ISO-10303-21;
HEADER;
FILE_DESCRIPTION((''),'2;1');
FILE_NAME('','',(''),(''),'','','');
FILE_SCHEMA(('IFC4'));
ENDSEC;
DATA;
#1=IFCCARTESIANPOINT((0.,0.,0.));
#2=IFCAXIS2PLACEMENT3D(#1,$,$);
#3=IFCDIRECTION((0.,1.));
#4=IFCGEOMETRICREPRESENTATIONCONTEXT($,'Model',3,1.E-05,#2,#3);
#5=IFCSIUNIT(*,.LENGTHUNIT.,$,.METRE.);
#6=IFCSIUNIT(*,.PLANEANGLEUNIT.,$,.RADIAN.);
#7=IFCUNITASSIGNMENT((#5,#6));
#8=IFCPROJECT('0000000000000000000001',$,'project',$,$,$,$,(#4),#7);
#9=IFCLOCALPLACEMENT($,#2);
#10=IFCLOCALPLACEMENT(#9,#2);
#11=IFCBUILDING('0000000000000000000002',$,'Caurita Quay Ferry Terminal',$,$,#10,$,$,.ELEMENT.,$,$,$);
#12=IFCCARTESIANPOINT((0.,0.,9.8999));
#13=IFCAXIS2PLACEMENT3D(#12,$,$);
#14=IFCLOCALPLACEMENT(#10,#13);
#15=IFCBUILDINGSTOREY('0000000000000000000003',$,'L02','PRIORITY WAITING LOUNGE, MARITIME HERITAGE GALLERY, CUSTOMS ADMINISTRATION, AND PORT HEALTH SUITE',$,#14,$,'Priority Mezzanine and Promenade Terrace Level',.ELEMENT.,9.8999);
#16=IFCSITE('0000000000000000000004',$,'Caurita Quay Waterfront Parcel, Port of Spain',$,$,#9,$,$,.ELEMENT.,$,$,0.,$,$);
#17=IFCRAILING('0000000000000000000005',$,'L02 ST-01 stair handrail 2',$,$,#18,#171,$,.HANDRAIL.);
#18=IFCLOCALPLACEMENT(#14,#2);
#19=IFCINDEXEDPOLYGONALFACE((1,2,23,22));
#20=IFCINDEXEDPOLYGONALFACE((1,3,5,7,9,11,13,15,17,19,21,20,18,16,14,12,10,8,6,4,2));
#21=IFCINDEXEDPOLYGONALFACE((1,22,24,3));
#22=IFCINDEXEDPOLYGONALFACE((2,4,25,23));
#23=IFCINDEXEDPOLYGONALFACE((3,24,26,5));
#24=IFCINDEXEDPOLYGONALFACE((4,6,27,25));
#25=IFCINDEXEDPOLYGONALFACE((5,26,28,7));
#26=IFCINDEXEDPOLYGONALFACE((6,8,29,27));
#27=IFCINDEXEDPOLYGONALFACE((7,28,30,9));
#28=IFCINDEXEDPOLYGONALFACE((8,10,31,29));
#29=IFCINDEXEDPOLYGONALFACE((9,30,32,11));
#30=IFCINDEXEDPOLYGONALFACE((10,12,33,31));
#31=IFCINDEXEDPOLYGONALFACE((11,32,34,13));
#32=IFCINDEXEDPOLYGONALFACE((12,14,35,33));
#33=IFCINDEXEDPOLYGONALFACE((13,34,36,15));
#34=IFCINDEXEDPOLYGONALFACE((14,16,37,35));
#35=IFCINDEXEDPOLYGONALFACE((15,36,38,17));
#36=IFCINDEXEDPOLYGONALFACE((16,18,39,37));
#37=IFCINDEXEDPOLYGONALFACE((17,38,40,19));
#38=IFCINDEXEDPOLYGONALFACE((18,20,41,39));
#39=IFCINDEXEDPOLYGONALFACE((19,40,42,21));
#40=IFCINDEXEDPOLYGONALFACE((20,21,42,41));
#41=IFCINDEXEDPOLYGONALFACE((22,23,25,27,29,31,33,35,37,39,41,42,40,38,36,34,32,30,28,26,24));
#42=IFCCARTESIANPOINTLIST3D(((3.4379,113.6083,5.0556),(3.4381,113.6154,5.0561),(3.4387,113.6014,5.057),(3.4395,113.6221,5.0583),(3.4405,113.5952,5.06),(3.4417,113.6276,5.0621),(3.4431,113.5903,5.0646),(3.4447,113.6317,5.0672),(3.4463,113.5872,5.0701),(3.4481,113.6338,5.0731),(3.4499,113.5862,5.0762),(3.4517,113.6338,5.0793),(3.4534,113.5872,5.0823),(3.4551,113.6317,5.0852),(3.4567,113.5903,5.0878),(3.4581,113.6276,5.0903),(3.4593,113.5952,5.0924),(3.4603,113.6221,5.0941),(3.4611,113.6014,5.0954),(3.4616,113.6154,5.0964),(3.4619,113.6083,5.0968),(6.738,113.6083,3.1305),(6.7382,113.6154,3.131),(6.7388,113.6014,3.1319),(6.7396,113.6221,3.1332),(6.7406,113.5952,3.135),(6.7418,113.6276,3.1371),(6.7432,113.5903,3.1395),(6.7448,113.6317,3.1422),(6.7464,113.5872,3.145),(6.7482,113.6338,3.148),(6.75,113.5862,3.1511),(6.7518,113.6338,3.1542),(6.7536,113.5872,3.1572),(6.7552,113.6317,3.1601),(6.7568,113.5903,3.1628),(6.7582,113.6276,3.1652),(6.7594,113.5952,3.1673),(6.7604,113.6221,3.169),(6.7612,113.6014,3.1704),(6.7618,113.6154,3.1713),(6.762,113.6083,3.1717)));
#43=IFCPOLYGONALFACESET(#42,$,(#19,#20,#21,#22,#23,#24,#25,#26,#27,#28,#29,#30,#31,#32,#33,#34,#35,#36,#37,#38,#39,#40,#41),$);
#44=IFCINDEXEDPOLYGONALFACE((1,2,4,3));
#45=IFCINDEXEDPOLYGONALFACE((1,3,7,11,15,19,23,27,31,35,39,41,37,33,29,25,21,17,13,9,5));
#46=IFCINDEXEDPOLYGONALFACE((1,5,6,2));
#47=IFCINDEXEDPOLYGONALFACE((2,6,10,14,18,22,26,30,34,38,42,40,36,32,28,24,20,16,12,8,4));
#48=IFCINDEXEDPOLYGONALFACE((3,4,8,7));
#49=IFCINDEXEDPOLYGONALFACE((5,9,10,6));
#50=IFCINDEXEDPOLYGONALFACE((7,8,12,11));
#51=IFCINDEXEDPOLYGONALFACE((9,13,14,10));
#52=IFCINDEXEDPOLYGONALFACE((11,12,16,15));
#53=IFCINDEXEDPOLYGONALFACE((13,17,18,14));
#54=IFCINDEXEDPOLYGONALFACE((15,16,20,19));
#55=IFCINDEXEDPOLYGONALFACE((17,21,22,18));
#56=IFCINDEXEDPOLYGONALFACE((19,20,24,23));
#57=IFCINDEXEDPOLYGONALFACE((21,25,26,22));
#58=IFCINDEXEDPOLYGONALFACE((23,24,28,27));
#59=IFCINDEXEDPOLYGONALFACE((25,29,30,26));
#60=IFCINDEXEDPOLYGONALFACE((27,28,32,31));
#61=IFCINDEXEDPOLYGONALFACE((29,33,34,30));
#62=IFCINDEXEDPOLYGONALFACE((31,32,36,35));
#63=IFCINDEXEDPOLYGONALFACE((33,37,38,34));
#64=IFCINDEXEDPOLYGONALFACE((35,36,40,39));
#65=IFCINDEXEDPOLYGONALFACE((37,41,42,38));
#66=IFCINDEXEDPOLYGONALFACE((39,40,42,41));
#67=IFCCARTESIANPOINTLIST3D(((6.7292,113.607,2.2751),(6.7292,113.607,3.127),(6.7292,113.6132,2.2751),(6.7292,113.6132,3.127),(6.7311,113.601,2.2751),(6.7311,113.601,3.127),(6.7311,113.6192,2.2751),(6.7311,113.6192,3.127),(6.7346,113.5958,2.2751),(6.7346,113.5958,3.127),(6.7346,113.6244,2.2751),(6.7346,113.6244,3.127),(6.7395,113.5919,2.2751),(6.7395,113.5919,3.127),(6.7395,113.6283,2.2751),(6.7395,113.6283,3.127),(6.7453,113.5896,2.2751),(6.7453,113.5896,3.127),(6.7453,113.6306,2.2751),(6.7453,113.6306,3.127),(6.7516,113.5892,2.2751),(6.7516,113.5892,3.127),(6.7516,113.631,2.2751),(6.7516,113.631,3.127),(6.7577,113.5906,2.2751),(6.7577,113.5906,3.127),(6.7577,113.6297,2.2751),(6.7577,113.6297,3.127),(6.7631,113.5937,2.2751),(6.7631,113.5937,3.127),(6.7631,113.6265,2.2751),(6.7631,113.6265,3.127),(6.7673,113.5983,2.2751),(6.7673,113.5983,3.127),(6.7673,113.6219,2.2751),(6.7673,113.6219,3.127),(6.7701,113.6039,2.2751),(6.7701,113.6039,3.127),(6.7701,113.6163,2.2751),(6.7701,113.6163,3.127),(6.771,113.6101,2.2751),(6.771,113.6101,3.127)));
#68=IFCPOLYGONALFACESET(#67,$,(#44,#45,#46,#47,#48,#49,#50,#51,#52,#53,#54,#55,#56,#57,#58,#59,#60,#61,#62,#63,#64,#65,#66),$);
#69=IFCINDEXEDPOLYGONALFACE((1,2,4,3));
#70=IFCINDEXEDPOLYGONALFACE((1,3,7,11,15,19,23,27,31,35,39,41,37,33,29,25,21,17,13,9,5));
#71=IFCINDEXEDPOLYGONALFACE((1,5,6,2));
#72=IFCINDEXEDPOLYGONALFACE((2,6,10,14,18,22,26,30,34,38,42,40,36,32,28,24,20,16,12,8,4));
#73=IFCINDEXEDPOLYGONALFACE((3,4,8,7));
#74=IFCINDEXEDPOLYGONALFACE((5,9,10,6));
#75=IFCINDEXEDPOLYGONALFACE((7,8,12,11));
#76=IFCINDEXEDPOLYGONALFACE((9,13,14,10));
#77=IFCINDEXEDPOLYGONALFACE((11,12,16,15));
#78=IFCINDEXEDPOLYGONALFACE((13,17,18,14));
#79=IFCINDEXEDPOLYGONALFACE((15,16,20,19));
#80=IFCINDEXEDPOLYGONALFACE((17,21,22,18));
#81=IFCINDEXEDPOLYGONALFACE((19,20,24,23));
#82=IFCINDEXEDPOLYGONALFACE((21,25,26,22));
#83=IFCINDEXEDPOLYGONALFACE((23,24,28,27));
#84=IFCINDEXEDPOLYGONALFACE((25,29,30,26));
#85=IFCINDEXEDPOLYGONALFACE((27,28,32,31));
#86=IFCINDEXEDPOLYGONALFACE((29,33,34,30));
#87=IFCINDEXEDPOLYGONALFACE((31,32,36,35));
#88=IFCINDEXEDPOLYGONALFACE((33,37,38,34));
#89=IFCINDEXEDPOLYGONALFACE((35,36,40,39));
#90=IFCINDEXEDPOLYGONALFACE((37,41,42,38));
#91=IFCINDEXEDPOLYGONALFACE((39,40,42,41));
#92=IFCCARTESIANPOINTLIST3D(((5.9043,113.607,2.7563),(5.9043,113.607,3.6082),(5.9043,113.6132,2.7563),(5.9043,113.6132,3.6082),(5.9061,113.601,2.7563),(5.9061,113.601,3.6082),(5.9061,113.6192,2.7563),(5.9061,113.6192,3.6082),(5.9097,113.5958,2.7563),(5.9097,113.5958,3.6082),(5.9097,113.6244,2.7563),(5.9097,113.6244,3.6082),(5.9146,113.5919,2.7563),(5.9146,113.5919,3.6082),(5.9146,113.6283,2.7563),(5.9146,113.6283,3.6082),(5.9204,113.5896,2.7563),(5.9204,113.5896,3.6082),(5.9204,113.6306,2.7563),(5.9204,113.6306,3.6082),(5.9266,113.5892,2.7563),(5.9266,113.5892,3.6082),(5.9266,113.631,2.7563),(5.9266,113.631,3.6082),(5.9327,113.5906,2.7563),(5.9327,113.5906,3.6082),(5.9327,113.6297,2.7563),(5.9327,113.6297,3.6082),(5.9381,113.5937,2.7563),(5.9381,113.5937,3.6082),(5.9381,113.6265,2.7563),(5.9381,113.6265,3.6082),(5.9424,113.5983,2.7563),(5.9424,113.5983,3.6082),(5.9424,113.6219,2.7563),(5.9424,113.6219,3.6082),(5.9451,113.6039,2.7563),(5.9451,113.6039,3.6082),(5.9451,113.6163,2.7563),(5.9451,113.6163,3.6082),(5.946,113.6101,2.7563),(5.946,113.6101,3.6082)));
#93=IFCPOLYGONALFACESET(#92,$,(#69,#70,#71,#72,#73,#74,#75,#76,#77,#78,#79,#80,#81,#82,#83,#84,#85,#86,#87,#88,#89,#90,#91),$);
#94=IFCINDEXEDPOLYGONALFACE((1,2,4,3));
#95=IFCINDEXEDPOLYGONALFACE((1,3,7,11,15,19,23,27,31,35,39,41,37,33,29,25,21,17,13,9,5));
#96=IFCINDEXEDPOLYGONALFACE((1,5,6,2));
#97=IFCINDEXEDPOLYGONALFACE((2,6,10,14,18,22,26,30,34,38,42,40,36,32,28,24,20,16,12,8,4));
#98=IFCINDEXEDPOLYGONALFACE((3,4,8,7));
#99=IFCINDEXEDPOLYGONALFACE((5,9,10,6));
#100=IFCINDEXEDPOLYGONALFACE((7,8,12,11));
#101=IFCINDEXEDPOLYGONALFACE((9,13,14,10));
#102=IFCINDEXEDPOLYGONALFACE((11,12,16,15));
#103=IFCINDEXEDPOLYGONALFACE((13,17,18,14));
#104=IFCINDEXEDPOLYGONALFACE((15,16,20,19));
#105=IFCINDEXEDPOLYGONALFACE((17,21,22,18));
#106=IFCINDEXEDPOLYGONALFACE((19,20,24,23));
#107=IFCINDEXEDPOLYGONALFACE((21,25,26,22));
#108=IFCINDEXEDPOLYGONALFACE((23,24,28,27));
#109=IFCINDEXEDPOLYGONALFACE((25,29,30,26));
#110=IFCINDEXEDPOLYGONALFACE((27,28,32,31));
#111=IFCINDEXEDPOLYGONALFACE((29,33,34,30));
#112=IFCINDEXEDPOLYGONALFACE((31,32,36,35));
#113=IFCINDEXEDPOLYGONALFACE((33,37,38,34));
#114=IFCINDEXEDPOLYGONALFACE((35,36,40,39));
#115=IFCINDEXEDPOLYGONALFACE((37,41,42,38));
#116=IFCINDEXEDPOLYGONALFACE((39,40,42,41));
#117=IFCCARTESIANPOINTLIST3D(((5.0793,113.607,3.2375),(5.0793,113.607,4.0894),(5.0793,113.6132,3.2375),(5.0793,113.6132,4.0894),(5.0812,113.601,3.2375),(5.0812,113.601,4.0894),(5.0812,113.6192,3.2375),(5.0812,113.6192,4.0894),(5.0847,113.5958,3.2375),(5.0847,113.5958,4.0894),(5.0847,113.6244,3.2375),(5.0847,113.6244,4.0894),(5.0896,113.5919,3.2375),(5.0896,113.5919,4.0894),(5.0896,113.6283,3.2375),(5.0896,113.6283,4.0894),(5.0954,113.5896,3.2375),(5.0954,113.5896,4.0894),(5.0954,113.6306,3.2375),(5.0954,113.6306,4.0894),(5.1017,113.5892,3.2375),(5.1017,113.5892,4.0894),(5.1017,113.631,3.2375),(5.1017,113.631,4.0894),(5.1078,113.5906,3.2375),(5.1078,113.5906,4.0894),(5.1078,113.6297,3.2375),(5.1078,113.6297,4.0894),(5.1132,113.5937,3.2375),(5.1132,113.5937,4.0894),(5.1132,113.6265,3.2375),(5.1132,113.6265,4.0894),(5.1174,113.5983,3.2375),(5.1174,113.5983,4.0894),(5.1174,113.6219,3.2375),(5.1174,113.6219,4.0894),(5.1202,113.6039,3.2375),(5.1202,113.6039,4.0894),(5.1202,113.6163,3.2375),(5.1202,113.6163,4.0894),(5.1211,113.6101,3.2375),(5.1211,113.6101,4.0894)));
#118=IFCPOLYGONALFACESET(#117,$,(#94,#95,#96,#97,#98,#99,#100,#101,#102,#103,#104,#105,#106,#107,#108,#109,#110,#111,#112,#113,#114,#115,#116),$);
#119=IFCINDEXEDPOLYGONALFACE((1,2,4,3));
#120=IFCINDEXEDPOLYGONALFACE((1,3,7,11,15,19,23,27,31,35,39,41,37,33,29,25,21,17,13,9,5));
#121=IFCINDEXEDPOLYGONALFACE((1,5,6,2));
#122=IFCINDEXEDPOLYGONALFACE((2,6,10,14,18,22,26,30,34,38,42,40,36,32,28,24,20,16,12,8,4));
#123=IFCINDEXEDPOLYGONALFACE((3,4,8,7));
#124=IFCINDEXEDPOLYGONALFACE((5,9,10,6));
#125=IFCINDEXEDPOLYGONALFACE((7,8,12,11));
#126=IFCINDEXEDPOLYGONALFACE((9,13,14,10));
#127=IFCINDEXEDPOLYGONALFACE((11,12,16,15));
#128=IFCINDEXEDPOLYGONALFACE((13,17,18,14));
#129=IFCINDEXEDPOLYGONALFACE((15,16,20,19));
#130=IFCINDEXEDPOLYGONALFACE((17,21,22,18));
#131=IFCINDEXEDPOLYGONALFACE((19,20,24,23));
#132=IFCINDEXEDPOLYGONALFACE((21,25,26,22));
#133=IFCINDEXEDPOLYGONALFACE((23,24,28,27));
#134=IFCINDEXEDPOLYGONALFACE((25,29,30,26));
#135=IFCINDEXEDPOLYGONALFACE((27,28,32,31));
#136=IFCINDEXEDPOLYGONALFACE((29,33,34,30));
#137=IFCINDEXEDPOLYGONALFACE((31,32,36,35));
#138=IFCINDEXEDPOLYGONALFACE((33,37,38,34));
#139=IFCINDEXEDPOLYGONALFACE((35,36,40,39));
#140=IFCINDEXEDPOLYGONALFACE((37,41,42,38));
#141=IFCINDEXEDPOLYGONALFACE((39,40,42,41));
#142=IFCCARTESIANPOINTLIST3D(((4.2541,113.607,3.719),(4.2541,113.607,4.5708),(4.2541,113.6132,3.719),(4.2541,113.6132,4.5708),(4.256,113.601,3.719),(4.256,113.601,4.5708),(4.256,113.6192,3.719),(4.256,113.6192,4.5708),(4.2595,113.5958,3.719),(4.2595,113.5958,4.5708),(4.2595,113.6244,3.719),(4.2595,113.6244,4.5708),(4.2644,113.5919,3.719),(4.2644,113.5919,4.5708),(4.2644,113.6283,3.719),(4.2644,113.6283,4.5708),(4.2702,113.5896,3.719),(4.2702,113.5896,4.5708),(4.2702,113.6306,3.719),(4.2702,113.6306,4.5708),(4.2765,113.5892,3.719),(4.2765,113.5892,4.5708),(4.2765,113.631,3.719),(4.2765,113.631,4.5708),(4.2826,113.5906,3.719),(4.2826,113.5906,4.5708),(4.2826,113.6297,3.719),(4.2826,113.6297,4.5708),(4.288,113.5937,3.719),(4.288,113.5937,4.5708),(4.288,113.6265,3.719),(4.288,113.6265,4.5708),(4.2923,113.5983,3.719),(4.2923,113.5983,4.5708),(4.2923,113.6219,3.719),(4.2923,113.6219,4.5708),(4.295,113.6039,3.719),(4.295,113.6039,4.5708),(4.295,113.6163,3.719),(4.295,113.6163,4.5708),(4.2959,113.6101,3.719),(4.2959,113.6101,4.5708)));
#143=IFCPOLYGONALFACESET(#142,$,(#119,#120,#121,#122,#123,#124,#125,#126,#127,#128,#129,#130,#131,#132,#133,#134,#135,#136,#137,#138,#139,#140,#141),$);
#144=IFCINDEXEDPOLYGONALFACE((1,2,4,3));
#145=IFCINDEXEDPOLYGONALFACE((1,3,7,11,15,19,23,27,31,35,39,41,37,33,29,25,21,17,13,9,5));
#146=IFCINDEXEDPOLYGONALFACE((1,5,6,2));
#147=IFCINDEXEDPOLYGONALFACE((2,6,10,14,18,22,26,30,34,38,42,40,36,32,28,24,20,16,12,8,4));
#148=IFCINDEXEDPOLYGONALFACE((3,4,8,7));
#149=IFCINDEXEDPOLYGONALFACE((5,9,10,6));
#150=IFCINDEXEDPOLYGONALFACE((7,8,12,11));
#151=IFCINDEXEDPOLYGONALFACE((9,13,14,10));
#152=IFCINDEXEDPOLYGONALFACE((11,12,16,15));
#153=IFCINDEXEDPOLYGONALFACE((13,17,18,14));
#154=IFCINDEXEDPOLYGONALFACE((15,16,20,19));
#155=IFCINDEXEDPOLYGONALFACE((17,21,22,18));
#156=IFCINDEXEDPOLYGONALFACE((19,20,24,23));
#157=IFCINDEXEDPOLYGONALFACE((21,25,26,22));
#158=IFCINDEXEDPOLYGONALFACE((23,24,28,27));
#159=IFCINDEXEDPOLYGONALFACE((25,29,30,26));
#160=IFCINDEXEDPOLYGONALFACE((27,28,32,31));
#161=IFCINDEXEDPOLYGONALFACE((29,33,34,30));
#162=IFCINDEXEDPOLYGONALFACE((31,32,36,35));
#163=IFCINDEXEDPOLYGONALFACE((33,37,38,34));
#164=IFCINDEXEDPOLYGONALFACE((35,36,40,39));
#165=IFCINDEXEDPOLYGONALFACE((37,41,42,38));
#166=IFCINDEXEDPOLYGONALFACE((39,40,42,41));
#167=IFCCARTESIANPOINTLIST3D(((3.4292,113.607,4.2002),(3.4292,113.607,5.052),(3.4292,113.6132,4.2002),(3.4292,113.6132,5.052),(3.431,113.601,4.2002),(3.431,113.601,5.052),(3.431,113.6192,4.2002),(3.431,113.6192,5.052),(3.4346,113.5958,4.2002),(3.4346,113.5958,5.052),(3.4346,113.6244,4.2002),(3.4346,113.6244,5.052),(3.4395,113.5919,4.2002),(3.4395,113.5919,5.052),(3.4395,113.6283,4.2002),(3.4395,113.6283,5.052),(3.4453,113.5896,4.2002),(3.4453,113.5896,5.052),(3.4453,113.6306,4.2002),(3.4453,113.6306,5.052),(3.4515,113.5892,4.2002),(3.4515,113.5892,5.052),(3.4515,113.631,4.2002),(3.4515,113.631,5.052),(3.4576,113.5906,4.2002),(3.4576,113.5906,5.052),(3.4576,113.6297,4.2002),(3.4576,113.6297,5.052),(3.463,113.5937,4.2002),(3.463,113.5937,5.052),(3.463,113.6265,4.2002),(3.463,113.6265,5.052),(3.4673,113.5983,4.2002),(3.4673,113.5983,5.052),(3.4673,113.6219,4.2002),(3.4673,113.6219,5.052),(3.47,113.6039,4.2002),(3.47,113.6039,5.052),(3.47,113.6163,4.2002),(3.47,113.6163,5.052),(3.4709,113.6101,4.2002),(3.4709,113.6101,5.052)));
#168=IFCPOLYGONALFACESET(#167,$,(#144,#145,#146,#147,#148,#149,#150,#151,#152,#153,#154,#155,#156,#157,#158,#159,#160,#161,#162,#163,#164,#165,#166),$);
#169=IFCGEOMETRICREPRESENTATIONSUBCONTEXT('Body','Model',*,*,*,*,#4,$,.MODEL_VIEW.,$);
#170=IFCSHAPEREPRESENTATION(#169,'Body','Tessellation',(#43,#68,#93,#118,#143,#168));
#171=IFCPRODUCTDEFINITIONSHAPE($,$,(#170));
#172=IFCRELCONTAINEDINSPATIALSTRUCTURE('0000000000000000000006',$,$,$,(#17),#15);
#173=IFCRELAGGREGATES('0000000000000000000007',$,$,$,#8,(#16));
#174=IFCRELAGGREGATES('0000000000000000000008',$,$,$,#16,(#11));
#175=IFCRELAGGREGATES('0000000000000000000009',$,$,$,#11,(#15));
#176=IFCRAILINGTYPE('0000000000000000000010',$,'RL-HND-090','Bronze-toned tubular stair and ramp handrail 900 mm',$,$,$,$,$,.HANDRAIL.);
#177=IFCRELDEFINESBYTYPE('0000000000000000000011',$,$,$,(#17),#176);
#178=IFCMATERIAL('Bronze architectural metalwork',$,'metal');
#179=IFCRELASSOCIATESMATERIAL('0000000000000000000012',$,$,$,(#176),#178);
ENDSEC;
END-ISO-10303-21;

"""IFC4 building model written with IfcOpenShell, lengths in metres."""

from ifc_helpers import new_model, si_unit, direction, frame, origin, origin_2d, place, context, subcontext, project, spatial, circle, extrude, material, type_object, element, save


model = new_model("IFC4")

# Units and contexts
model_context = context("Model", 3, precision=1e-05, world=origin(), true_north=direction((0.0, 1.0)))
body_context = subcontext(model_context, "Body", "Model", "MODEL_VIEW")
ifc_project = project(units=[si_unit("LENGTHUNIT", "METRE"), si_unit("PLANEANGLEUNIT", "RADIAN")], contexts=[model_context])

# Site, building, storey
site_placement = place(None, origin())
site = spatial("IfcSite", under=ifc_project, at=site_placement, Name="Caurita Quay Waterfront Parcel, Port of Spain", CompositionType="ELEMENT", RefElevation=0.0)
building_placement = place(site_placement, origin())
building = spatial("IfcBuilding", under=site, at=building_placement, Name="Caurita Quay Ferry Terminal", CompositionType="ELEMENT")
storey_placement = place(building_placement, frame((0.0, 0.0, 9.8999)))
storey = spatial("IfcBuildingStorey", under=building, at=storey_placement, Name="L02", Description="PRIORITY WAITING LOUNGE, MARITIME HERITAGE GALLERY, CUSTOMS ADMINISTRATION, AND PORT HEALTH SUITE", LongName="Priority Mezzanine and Promenade Terrace Level", CompositionType="ELEMENT", Elevation=9.8999)

# Railing
ifc_material_1 = material(Name="Bronze architectural metalwork", Category="metal")
railing_type_1 = type_object("IfcRailingType", Name="RL-HND-090", Description="Bronze-toned tubular stair and ramp handrail 900 mm", PredefinedType="HANDRAIL", material=ifc_material_1)
railing_1_placement = place(storey_placement, frame((6.75, 113.6101, 2.2751)))
element("IfcRailing", 1, at=railing_1_placement, inside=storey, type_object=railing_type_1, Name="L02 ST-01 stair handrail 2", PredefinedType="HANDRAIL", context=body_context, shape_type="SweptSolid", body=[
    extrude(circle(Radius=0.0239, at=origin_2d()), frame((0.0, 0.0, 0.876), z_axis=(-0.863777, 0.0, 0.503875), x_axis=(0.0, -1.0, 0.0)), (0.0, 0.0, 1.0), 3.8206),
    extrude(circle(Radius=0.021, at=origin_2d()), origin(), (0.0, 0.0, 1.0), 0.8518),
    extrude(circle(Radius=0.021, at=origin_2d()), frame((-0.825, 0.0, 0.4812)), (0.0, 0.0, 1.0), 0.8518),
    extrude(circle(Radius=0.021, at=origin_2d()), frame((-1.6499, 0.0, 0.9624)), (0.0, 0.0, 1.0), 0.8518),
    extrude(circle(Radius=0.021, at=origin_2d()), frame((-2.4751, 0.0, 1.4438)), (0.0, 0.0, 1.0), 0.8518),
    extrude(circle(Radius=0.021, at=origin_2d()), frame((-3.3, 0.0, 1.925)), (0.0, 0.0, 1.0), 0.8518),
])

save(model, "model.ifc")
